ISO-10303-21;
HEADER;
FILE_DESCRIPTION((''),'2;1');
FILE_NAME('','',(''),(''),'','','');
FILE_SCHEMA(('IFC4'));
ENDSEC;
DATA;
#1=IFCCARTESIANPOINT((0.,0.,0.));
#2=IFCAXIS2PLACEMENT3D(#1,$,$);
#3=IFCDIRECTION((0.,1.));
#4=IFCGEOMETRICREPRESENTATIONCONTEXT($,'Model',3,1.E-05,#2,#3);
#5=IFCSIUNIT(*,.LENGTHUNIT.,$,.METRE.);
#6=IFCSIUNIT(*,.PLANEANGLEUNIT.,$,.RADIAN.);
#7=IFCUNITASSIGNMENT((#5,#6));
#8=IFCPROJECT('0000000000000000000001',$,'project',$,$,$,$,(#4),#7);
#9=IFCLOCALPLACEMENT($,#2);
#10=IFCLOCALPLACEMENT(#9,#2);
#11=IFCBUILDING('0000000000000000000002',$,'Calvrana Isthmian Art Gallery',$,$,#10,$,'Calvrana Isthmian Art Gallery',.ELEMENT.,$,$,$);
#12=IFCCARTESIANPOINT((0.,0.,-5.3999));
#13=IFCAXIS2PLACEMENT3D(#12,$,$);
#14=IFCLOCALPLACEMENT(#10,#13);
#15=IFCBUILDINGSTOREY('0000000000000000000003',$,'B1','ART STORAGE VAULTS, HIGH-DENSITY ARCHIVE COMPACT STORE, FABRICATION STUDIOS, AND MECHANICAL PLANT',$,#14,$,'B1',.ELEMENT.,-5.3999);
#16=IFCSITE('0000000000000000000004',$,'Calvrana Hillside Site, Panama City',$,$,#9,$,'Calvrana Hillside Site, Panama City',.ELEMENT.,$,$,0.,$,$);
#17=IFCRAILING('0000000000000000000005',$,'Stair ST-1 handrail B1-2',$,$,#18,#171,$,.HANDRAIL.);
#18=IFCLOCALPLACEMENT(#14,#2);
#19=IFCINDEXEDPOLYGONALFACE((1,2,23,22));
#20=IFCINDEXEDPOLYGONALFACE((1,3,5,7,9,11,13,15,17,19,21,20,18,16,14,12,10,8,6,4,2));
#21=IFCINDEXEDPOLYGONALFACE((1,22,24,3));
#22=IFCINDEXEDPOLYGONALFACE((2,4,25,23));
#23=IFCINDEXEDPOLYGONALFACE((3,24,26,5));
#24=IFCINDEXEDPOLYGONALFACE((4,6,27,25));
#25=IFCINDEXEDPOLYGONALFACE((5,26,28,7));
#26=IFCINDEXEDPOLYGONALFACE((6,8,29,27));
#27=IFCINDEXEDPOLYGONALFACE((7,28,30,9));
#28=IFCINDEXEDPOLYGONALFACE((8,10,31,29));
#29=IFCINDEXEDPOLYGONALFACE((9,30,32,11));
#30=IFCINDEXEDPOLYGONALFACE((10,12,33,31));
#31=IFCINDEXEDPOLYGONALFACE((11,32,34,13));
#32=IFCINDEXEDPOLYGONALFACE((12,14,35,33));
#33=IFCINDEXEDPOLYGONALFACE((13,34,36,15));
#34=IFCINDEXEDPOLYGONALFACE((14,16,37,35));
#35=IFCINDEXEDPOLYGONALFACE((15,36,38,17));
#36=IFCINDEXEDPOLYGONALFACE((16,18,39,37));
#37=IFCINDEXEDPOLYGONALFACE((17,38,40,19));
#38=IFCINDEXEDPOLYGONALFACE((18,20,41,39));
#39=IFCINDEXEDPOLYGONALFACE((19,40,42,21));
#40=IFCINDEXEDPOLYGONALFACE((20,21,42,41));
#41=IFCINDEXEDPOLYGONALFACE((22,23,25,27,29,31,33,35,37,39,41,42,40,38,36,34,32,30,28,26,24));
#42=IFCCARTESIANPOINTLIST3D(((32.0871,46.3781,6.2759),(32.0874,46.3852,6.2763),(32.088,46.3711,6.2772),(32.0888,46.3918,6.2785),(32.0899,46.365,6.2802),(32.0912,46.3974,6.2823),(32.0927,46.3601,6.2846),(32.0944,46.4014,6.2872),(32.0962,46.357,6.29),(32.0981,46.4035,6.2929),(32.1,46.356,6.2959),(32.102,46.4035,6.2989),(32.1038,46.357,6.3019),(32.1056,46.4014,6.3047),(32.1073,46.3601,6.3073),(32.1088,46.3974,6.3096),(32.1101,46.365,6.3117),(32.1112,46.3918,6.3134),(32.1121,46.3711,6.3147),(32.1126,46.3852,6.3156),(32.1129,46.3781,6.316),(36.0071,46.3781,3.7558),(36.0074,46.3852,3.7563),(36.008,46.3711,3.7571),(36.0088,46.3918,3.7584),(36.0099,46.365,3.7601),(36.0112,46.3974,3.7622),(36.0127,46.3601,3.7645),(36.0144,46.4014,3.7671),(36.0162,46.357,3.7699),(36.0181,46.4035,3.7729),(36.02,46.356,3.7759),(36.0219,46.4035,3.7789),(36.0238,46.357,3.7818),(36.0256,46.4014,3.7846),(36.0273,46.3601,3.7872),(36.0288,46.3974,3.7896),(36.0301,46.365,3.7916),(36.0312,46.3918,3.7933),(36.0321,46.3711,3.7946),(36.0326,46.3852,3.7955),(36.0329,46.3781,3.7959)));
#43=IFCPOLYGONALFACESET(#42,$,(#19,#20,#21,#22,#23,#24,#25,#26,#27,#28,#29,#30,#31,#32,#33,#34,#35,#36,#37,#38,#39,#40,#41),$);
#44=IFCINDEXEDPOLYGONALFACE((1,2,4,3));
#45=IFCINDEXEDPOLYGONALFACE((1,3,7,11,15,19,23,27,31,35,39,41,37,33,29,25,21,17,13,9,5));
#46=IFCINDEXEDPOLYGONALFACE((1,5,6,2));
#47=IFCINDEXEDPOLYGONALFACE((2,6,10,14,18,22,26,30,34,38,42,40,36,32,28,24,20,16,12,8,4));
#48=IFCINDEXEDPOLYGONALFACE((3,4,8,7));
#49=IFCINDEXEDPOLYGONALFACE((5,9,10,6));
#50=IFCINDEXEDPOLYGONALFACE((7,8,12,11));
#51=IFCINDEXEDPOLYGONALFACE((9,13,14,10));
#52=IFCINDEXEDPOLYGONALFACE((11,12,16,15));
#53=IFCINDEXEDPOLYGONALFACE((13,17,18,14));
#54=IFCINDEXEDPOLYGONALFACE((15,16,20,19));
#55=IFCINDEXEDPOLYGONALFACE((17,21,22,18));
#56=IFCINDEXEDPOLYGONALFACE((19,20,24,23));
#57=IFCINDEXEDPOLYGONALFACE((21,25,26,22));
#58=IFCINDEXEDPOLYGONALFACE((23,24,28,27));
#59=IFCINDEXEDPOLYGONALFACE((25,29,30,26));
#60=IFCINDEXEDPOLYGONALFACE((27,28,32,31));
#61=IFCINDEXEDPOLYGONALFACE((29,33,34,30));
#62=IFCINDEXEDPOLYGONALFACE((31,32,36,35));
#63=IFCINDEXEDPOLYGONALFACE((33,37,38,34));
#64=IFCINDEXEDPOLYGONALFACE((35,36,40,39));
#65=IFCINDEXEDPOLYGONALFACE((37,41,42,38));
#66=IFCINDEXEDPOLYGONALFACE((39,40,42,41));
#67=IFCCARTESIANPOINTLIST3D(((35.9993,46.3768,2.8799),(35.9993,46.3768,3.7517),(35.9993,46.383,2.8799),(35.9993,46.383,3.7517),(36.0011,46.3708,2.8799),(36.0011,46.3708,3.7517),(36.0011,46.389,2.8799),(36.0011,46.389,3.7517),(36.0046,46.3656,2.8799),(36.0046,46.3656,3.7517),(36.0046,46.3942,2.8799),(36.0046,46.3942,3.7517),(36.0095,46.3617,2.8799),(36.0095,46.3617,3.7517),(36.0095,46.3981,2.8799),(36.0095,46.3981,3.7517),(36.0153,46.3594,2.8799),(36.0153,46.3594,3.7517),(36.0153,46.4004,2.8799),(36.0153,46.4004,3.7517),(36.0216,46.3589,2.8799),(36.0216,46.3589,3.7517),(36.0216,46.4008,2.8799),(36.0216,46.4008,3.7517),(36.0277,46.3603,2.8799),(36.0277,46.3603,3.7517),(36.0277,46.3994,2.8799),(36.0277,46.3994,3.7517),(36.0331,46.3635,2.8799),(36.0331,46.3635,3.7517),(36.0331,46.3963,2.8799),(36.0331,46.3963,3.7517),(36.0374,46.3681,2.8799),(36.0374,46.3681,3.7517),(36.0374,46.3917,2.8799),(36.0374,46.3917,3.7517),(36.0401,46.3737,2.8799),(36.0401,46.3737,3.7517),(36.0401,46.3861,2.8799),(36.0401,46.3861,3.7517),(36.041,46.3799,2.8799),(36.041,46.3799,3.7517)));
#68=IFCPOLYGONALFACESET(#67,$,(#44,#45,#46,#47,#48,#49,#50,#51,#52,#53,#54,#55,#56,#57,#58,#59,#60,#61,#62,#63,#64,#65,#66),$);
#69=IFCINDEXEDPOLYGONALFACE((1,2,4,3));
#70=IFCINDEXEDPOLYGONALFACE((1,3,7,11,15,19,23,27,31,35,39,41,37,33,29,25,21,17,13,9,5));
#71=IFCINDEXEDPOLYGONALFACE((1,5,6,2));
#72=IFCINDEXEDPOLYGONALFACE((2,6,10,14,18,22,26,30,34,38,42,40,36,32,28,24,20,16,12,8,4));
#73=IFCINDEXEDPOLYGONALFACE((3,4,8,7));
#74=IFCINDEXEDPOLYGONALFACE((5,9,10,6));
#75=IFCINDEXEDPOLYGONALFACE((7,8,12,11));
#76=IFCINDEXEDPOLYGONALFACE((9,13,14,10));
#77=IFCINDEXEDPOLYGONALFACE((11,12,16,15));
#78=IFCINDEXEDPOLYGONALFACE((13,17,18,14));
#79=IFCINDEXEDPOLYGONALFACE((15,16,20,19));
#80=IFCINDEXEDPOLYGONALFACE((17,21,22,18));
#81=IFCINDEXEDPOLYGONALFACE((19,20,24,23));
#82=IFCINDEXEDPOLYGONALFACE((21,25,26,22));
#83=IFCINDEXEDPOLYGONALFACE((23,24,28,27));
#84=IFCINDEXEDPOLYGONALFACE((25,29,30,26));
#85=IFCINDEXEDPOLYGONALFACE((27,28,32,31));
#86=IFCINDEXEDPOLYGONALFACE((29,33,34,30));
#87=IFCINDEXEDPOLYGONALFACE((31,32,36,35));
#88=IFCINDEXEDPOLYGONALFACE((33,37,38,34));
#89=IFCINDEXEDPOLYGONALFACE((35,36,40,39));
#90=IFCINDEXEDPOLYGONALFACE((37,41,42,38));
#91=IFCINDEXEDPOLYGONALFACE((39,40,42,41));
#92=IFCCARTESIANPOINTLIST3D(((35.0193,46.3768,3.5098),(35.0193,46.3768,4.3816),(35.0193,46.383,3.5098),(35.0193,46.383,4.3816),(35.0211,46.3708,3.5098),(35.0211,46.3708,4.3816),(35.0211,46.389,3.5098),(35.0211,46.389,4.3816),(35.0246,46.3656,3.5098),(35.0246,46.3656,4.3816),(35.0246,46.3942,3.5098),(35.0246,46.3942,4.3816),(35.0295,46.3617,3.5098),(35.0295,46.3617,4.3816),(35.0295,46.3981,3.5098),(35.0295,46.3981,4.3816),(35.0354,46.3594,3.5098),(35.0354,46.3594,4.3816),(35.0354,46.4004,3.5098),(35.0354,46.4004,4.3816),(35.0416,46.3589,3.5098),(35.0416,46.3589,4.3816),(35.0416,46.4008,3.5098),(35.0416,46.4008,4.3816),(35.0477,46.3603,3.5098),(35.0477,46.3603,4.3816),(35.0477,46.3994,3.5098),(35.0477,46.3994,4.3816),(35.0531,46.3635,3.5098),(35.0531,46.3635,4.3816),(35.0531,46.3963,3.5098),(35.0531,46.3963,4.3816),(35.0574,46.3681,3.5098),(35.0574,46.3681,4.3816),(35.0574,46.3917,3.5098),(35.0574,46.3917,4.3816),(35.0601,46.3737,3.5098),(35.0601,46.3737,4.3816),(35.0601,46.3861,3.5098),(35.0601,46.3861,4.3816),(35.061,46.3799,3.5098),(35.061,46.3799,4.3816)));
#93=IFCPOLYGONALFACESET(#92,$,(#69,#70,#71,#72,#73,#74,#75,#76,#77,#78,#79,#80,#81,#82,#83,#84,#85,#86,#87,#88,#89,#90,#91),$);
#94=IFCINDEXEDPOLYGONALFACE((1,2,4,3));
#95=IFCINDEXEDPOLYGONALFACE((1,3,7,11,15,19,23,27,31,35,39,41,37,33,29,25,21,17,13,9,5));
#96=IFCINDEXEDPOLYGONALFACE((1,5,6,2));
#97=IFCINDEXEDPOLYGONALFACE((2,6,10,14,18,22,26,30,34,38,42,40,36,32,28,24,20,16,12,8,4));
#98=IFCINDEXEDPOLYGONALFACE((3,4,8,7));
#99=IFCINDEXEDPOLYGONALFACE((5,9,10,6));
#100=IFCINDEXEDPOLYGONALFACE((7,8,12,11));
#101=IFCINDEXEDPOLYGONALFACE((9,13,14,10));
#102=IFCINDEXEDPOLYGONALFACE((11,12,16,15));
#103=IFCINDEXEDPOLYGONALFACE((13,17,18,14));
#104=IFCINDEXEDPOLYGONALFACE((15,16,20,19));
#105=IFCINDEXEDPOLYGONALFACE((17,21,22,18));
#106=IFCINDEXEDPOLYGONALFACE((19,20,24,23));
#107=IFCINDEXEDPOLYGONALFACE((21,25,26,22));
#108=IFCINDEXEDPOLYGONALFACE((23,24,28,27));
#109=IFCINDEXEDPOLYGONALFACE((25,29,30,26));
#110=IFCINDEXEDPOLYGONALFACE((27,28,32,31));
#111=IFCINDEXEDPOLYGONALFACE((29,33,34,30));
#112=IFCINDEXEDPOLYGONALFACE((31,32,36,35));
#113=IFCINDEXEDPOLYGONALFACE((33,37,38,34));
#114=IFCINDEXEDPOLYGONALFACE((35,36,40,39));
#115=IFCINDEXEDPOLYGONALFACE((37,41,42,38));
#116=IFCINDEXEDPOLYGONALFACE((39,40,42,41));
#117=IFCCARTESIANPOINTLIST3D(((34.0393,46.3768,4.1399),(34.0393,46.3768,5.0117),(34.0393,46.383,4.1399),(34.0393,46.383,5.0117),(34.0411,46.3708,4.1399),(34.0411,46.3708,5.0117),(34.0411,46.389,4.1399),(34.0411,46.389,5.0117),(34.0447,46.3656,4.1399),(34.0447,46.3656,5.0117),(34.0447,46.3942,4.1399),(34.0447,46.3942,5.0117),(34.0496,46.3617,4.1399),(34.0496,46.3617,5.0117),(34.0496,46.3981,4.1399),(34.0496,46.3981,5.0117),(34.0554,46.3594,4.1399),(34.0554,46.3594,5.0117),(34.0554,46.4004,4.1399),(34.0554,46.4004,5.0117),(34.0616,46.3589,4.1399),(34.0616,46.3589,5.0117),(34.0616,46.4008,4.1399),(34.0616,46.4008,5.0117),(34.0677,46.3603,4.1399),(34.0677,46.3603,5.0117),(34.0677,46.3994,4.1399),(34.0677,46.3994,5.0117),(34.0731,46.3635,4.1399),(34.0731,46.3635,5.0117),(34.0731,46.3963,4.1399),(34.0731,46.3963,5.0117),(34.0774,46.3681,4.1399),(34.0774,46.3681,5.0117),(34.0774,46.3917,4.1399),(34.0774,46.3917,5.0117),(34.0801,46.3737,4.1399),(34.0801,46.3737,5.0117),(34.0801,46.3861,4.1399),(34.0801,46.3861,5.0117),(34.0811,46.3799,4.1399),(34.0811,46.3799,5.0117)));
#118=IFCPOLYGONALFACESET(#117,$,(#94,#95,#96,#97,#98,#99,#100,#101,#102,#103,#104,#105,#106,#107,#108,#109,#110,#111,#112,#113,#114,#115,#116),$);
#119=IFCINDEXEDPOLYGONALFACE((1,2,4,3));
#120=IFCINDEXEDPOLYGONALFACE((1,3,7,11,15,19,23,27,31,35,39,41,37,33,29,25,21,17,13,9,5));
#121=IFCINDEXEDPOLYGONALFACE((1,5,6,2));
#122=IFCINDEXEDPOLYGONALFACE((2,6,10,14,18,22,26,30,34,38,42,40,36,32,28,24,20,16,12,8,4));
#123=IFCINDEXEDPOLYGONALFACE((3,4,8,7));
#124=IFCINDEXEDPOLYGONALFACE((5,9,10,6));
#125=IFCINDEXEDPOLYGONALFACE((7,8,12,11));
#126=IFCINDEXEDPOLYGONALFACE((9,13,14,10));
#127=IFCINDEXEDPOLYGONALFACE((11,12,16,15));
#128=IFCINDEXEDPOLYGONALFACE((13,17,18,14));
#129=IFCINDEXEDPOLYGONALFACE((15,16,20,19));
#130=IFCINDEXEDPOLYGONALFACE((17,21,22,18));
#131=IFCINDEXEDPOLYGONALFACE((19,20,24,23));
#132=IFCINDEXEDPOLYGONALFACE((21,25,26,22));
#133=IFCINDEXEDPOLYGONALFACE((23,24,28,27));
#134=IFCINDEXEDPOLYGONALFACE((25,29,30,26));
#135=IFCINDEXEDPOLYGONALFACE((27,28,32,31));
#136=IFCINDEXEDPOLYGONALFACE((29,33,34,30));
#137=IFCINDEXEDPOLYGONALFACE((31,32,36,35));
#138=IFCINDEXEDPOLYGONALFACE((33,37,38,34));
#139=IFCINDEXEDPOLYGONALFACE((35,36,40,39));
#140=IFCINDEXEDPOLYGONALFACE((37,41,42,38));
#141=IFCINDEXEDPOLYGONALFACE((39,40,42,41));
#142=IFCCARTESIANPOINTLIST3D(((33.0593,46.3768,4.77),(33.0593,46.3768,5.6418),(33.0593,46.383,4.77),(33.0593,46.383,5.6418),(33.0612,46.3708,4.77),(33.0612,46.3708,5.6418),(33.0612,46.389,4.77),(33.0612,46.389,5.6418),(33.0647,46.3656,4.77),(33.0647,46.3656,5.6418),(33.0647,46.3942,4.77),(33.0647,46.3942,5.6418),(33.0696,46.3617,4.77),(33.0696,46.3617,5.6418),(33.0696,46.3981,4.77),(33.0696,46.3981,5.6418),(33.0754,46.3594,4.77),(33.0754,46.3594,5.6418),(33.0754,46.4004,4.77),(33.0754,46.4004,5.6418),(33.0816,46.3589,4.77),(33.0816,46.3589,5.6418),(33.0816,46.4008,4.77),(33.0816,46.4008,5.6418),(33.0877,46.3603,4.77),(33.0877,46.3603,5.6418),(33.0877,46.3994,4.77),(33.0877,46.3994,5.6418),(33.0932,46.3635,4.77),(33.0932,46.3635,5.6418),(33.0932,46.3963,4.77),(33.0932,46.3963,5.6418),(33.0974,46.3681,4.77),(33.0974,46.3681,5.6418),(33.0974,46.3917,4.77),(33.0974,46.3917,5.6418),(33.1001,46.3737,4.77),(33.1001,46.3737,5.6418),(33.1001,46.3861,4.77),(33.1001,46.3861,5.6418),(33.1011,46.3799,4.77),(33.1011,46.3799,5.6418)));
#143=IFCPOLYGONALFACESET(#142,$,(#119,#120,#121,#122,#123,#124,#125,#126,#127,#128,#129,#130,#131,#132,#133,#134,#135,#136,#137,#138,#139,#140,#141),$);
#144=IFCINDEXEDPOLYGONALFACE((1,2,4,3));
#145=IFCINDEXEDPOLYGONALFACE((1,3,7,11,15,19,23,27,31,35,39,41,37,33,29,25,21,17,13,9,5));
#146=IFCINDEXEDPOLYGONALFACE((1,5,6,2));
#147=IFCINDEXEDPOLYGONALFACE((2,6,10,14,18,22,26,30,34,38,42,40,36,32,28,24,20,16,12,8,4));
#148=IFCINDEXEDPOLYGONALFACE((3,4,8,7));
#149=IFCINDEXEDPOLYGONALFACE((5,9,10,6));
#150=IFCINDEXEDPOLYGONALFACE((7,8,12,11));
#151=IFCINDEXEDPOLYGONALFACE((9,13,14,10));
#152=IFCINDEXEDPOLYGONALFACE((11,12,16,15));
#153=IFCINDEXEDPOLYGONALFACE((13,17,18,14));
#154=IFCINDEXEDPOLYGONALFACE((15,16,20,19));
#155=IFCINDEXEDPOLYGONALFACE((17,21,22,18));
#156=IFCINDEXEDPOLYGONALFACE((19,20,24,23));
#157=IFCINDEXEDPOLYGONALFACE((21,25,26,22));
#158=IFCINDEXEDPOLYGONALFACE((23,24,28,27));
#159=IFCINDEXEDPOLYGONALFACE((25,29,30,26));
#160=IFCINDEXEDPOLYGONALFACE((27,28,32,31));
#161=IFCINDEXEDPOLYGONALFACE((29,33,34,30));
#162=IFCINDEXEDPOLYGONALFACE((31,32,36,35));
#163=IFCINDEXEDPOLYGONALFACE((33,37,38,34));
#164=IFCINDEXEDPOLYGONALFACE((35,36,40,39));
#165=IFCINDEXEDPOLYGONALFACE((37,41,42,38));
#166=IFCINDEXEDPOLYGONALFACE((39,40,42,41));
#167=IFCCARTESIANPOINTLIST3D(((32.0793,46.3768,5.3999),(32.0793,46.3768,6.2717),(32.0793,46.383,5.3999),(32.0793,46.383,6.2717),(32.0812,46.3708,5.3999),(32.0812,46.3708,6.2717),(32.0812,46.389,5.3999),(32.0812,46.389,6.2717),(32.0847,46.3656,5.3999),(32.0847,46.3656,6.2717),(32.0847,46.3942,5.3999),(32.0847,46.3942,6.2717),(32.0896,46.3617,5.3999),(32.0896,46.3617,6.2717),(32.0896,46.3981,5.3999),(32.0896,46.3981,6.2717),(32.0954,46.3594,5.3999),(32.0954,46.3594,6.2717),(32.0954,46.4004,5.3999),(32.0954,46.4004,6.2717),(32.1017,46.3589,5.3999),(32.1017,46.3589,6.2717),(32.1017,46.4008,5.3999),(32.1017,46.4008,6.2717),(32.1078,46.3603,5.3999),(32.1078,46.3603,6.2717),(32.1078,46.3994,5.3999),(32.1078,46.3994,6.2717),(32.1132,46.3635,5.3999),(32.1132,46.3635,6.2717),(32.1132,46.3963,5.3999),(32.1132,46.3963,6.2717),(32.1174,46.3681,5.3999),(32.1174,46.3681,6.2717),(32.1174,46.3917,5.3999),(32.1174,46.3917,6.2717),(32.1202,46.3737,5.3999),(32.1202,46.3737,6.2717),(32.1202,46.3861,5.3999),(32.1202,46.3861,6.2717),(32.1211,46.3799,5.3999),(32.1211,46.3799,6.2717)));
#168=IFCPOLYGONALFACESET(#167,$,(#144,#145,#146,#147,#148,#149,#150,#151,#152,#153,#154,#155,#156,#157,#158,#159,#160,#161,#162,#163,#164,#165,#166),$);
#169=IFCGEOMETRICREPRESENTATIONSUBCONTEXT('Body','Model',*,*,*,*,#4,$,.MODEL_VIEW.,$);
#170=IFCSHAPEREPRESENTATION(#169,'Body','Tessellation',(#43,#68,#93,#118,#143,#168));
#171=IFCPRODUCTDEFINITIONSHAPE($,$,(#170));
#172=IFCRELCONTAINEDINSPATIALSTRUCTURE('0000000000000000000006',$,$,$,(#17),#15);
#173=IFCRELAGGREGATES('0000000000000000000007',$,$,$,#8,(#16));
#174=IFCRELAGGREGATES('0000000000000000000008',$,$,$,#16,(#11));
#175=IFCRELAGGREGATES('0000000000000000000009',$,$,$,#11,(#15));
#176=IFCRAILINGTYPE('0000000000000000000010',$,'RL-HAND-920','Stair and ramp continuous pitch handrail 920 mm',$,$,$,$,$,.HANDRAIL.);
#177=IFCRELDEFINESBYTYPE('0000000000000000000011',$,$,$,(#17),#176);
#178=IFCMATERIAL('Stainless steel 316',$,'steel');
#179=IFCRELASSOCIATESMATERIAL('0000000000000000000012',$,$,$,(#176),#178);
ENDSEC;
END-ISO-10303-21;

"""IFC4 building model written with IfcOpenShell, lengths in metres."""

from ifc_helpers import new_model, si_unit, direction, frame, origin, origin_2d, place, context, subcontext, project, spatial, circle, extrude, material, type_object, element, save


model = new_model("IFC4")

# Units and contexts
model_context = context("Model", 3, precision=1e-05, world=origin(), true_north=direction((0.0, 1.0)))
body_context = subcontext(model_context, "Body", "Model", "MODEL_VIEW")
ifc_project = project(units=[si_unit("LENGTHUNIT", "METRE"), si_unit("PLANEANGLEUNIT", "RADIAN")], contexts=[model_context])

# Site, building, storey
site_placement = place(None, origin())
site = spatial("IfcSite", under=ifc_project, at=site_placement, Name="Calvrana Hillside Site, Panama City", LongName="Calvrana Hillside Site, Panama City", CompositionType="ELEMENT", RefElevation=0.0)
building_placement = place(site_placement, origin())
building = spatial("IfcBuilding", under=site, at=building_placement, Name="Calvrana Isthmian Art Gallery", LongName="Calvrana Isthmian Art Gallery", CompositionType="ELEMENT")
storey_placement = place(building_placement, frame((0.0, 0.0, -5.3999)))
storey = spatial("IfcBuildingStorey", under=building, at=storey_placement, Name="B1", Description="ART STORAGE VAULTS, HIGH-DENSITY ARCHIVE COMPACT STORE, FABRICATION STUDIOS, AND MECHANICAL PLANT", LongName="B1", CompositionType="ELEMENT", Elevation=-5.3999)

# Railing
ifc_material_1 = material(Name="Stainless steel 316", Category="steel")
railing_type_1 = type_object("IfcRailingType", Name="RL-HAND-920", Description="Stair and ramp continuous pitch handrail 920 mm", PredefinedType="HANDRAIL", material=ifc_material_1)
railing_1_placement = place(storey_placement, frame((36.02, 46.3799, 2.8799)))
element("IfcRailing", 1, at=railing_1_placement, inside=storey, type_object=railing_type_1, Name="Stair ST-1 handrail B1-2", PredefinedType="HANDRAIL", context=body_context, shape_type="SweptSolid", body=[
    extrude(circle(Radius=0.0239, at=origin_2d()), frame((0.0, 0.0, 0.896), z_axis=(-0.841172, 0.0, 0.540768), x_axis=(0.0, -1.0, 0.0)), (0.0, 0.0, 1.0), 4.6602),
    extrude(circle(Radius=0.021, at=origin_2d()), origin(), (0.0, 0.0, 1.0), 0.8718),
    extrude(circle(Radius=0.021, at=origin_2d()), frame((-0.98, 0.0, 0.6299)), (0.0, 0.0, 1.0), 0.8718),
    extrude(circle(Radius=0.021, at=origin_2d()), frame((-1.96, 0.0, 1.26)), (0.0, 0.0, 1.0), 0.8718),
    extrude(circle(Radius=0.021, at=origin_2d()), frame((-2.9399, 0.0, 1.8901)), (0.0, 0.0, 1.0), 0.8718),
    extrude(circle(Radius=0.021, at=origin_2d()), frame((-3.9199, 0.0, 2.52)), (0.0, 0.0, 1.0), 0.8718),
])

save(model, "model.ifc")
